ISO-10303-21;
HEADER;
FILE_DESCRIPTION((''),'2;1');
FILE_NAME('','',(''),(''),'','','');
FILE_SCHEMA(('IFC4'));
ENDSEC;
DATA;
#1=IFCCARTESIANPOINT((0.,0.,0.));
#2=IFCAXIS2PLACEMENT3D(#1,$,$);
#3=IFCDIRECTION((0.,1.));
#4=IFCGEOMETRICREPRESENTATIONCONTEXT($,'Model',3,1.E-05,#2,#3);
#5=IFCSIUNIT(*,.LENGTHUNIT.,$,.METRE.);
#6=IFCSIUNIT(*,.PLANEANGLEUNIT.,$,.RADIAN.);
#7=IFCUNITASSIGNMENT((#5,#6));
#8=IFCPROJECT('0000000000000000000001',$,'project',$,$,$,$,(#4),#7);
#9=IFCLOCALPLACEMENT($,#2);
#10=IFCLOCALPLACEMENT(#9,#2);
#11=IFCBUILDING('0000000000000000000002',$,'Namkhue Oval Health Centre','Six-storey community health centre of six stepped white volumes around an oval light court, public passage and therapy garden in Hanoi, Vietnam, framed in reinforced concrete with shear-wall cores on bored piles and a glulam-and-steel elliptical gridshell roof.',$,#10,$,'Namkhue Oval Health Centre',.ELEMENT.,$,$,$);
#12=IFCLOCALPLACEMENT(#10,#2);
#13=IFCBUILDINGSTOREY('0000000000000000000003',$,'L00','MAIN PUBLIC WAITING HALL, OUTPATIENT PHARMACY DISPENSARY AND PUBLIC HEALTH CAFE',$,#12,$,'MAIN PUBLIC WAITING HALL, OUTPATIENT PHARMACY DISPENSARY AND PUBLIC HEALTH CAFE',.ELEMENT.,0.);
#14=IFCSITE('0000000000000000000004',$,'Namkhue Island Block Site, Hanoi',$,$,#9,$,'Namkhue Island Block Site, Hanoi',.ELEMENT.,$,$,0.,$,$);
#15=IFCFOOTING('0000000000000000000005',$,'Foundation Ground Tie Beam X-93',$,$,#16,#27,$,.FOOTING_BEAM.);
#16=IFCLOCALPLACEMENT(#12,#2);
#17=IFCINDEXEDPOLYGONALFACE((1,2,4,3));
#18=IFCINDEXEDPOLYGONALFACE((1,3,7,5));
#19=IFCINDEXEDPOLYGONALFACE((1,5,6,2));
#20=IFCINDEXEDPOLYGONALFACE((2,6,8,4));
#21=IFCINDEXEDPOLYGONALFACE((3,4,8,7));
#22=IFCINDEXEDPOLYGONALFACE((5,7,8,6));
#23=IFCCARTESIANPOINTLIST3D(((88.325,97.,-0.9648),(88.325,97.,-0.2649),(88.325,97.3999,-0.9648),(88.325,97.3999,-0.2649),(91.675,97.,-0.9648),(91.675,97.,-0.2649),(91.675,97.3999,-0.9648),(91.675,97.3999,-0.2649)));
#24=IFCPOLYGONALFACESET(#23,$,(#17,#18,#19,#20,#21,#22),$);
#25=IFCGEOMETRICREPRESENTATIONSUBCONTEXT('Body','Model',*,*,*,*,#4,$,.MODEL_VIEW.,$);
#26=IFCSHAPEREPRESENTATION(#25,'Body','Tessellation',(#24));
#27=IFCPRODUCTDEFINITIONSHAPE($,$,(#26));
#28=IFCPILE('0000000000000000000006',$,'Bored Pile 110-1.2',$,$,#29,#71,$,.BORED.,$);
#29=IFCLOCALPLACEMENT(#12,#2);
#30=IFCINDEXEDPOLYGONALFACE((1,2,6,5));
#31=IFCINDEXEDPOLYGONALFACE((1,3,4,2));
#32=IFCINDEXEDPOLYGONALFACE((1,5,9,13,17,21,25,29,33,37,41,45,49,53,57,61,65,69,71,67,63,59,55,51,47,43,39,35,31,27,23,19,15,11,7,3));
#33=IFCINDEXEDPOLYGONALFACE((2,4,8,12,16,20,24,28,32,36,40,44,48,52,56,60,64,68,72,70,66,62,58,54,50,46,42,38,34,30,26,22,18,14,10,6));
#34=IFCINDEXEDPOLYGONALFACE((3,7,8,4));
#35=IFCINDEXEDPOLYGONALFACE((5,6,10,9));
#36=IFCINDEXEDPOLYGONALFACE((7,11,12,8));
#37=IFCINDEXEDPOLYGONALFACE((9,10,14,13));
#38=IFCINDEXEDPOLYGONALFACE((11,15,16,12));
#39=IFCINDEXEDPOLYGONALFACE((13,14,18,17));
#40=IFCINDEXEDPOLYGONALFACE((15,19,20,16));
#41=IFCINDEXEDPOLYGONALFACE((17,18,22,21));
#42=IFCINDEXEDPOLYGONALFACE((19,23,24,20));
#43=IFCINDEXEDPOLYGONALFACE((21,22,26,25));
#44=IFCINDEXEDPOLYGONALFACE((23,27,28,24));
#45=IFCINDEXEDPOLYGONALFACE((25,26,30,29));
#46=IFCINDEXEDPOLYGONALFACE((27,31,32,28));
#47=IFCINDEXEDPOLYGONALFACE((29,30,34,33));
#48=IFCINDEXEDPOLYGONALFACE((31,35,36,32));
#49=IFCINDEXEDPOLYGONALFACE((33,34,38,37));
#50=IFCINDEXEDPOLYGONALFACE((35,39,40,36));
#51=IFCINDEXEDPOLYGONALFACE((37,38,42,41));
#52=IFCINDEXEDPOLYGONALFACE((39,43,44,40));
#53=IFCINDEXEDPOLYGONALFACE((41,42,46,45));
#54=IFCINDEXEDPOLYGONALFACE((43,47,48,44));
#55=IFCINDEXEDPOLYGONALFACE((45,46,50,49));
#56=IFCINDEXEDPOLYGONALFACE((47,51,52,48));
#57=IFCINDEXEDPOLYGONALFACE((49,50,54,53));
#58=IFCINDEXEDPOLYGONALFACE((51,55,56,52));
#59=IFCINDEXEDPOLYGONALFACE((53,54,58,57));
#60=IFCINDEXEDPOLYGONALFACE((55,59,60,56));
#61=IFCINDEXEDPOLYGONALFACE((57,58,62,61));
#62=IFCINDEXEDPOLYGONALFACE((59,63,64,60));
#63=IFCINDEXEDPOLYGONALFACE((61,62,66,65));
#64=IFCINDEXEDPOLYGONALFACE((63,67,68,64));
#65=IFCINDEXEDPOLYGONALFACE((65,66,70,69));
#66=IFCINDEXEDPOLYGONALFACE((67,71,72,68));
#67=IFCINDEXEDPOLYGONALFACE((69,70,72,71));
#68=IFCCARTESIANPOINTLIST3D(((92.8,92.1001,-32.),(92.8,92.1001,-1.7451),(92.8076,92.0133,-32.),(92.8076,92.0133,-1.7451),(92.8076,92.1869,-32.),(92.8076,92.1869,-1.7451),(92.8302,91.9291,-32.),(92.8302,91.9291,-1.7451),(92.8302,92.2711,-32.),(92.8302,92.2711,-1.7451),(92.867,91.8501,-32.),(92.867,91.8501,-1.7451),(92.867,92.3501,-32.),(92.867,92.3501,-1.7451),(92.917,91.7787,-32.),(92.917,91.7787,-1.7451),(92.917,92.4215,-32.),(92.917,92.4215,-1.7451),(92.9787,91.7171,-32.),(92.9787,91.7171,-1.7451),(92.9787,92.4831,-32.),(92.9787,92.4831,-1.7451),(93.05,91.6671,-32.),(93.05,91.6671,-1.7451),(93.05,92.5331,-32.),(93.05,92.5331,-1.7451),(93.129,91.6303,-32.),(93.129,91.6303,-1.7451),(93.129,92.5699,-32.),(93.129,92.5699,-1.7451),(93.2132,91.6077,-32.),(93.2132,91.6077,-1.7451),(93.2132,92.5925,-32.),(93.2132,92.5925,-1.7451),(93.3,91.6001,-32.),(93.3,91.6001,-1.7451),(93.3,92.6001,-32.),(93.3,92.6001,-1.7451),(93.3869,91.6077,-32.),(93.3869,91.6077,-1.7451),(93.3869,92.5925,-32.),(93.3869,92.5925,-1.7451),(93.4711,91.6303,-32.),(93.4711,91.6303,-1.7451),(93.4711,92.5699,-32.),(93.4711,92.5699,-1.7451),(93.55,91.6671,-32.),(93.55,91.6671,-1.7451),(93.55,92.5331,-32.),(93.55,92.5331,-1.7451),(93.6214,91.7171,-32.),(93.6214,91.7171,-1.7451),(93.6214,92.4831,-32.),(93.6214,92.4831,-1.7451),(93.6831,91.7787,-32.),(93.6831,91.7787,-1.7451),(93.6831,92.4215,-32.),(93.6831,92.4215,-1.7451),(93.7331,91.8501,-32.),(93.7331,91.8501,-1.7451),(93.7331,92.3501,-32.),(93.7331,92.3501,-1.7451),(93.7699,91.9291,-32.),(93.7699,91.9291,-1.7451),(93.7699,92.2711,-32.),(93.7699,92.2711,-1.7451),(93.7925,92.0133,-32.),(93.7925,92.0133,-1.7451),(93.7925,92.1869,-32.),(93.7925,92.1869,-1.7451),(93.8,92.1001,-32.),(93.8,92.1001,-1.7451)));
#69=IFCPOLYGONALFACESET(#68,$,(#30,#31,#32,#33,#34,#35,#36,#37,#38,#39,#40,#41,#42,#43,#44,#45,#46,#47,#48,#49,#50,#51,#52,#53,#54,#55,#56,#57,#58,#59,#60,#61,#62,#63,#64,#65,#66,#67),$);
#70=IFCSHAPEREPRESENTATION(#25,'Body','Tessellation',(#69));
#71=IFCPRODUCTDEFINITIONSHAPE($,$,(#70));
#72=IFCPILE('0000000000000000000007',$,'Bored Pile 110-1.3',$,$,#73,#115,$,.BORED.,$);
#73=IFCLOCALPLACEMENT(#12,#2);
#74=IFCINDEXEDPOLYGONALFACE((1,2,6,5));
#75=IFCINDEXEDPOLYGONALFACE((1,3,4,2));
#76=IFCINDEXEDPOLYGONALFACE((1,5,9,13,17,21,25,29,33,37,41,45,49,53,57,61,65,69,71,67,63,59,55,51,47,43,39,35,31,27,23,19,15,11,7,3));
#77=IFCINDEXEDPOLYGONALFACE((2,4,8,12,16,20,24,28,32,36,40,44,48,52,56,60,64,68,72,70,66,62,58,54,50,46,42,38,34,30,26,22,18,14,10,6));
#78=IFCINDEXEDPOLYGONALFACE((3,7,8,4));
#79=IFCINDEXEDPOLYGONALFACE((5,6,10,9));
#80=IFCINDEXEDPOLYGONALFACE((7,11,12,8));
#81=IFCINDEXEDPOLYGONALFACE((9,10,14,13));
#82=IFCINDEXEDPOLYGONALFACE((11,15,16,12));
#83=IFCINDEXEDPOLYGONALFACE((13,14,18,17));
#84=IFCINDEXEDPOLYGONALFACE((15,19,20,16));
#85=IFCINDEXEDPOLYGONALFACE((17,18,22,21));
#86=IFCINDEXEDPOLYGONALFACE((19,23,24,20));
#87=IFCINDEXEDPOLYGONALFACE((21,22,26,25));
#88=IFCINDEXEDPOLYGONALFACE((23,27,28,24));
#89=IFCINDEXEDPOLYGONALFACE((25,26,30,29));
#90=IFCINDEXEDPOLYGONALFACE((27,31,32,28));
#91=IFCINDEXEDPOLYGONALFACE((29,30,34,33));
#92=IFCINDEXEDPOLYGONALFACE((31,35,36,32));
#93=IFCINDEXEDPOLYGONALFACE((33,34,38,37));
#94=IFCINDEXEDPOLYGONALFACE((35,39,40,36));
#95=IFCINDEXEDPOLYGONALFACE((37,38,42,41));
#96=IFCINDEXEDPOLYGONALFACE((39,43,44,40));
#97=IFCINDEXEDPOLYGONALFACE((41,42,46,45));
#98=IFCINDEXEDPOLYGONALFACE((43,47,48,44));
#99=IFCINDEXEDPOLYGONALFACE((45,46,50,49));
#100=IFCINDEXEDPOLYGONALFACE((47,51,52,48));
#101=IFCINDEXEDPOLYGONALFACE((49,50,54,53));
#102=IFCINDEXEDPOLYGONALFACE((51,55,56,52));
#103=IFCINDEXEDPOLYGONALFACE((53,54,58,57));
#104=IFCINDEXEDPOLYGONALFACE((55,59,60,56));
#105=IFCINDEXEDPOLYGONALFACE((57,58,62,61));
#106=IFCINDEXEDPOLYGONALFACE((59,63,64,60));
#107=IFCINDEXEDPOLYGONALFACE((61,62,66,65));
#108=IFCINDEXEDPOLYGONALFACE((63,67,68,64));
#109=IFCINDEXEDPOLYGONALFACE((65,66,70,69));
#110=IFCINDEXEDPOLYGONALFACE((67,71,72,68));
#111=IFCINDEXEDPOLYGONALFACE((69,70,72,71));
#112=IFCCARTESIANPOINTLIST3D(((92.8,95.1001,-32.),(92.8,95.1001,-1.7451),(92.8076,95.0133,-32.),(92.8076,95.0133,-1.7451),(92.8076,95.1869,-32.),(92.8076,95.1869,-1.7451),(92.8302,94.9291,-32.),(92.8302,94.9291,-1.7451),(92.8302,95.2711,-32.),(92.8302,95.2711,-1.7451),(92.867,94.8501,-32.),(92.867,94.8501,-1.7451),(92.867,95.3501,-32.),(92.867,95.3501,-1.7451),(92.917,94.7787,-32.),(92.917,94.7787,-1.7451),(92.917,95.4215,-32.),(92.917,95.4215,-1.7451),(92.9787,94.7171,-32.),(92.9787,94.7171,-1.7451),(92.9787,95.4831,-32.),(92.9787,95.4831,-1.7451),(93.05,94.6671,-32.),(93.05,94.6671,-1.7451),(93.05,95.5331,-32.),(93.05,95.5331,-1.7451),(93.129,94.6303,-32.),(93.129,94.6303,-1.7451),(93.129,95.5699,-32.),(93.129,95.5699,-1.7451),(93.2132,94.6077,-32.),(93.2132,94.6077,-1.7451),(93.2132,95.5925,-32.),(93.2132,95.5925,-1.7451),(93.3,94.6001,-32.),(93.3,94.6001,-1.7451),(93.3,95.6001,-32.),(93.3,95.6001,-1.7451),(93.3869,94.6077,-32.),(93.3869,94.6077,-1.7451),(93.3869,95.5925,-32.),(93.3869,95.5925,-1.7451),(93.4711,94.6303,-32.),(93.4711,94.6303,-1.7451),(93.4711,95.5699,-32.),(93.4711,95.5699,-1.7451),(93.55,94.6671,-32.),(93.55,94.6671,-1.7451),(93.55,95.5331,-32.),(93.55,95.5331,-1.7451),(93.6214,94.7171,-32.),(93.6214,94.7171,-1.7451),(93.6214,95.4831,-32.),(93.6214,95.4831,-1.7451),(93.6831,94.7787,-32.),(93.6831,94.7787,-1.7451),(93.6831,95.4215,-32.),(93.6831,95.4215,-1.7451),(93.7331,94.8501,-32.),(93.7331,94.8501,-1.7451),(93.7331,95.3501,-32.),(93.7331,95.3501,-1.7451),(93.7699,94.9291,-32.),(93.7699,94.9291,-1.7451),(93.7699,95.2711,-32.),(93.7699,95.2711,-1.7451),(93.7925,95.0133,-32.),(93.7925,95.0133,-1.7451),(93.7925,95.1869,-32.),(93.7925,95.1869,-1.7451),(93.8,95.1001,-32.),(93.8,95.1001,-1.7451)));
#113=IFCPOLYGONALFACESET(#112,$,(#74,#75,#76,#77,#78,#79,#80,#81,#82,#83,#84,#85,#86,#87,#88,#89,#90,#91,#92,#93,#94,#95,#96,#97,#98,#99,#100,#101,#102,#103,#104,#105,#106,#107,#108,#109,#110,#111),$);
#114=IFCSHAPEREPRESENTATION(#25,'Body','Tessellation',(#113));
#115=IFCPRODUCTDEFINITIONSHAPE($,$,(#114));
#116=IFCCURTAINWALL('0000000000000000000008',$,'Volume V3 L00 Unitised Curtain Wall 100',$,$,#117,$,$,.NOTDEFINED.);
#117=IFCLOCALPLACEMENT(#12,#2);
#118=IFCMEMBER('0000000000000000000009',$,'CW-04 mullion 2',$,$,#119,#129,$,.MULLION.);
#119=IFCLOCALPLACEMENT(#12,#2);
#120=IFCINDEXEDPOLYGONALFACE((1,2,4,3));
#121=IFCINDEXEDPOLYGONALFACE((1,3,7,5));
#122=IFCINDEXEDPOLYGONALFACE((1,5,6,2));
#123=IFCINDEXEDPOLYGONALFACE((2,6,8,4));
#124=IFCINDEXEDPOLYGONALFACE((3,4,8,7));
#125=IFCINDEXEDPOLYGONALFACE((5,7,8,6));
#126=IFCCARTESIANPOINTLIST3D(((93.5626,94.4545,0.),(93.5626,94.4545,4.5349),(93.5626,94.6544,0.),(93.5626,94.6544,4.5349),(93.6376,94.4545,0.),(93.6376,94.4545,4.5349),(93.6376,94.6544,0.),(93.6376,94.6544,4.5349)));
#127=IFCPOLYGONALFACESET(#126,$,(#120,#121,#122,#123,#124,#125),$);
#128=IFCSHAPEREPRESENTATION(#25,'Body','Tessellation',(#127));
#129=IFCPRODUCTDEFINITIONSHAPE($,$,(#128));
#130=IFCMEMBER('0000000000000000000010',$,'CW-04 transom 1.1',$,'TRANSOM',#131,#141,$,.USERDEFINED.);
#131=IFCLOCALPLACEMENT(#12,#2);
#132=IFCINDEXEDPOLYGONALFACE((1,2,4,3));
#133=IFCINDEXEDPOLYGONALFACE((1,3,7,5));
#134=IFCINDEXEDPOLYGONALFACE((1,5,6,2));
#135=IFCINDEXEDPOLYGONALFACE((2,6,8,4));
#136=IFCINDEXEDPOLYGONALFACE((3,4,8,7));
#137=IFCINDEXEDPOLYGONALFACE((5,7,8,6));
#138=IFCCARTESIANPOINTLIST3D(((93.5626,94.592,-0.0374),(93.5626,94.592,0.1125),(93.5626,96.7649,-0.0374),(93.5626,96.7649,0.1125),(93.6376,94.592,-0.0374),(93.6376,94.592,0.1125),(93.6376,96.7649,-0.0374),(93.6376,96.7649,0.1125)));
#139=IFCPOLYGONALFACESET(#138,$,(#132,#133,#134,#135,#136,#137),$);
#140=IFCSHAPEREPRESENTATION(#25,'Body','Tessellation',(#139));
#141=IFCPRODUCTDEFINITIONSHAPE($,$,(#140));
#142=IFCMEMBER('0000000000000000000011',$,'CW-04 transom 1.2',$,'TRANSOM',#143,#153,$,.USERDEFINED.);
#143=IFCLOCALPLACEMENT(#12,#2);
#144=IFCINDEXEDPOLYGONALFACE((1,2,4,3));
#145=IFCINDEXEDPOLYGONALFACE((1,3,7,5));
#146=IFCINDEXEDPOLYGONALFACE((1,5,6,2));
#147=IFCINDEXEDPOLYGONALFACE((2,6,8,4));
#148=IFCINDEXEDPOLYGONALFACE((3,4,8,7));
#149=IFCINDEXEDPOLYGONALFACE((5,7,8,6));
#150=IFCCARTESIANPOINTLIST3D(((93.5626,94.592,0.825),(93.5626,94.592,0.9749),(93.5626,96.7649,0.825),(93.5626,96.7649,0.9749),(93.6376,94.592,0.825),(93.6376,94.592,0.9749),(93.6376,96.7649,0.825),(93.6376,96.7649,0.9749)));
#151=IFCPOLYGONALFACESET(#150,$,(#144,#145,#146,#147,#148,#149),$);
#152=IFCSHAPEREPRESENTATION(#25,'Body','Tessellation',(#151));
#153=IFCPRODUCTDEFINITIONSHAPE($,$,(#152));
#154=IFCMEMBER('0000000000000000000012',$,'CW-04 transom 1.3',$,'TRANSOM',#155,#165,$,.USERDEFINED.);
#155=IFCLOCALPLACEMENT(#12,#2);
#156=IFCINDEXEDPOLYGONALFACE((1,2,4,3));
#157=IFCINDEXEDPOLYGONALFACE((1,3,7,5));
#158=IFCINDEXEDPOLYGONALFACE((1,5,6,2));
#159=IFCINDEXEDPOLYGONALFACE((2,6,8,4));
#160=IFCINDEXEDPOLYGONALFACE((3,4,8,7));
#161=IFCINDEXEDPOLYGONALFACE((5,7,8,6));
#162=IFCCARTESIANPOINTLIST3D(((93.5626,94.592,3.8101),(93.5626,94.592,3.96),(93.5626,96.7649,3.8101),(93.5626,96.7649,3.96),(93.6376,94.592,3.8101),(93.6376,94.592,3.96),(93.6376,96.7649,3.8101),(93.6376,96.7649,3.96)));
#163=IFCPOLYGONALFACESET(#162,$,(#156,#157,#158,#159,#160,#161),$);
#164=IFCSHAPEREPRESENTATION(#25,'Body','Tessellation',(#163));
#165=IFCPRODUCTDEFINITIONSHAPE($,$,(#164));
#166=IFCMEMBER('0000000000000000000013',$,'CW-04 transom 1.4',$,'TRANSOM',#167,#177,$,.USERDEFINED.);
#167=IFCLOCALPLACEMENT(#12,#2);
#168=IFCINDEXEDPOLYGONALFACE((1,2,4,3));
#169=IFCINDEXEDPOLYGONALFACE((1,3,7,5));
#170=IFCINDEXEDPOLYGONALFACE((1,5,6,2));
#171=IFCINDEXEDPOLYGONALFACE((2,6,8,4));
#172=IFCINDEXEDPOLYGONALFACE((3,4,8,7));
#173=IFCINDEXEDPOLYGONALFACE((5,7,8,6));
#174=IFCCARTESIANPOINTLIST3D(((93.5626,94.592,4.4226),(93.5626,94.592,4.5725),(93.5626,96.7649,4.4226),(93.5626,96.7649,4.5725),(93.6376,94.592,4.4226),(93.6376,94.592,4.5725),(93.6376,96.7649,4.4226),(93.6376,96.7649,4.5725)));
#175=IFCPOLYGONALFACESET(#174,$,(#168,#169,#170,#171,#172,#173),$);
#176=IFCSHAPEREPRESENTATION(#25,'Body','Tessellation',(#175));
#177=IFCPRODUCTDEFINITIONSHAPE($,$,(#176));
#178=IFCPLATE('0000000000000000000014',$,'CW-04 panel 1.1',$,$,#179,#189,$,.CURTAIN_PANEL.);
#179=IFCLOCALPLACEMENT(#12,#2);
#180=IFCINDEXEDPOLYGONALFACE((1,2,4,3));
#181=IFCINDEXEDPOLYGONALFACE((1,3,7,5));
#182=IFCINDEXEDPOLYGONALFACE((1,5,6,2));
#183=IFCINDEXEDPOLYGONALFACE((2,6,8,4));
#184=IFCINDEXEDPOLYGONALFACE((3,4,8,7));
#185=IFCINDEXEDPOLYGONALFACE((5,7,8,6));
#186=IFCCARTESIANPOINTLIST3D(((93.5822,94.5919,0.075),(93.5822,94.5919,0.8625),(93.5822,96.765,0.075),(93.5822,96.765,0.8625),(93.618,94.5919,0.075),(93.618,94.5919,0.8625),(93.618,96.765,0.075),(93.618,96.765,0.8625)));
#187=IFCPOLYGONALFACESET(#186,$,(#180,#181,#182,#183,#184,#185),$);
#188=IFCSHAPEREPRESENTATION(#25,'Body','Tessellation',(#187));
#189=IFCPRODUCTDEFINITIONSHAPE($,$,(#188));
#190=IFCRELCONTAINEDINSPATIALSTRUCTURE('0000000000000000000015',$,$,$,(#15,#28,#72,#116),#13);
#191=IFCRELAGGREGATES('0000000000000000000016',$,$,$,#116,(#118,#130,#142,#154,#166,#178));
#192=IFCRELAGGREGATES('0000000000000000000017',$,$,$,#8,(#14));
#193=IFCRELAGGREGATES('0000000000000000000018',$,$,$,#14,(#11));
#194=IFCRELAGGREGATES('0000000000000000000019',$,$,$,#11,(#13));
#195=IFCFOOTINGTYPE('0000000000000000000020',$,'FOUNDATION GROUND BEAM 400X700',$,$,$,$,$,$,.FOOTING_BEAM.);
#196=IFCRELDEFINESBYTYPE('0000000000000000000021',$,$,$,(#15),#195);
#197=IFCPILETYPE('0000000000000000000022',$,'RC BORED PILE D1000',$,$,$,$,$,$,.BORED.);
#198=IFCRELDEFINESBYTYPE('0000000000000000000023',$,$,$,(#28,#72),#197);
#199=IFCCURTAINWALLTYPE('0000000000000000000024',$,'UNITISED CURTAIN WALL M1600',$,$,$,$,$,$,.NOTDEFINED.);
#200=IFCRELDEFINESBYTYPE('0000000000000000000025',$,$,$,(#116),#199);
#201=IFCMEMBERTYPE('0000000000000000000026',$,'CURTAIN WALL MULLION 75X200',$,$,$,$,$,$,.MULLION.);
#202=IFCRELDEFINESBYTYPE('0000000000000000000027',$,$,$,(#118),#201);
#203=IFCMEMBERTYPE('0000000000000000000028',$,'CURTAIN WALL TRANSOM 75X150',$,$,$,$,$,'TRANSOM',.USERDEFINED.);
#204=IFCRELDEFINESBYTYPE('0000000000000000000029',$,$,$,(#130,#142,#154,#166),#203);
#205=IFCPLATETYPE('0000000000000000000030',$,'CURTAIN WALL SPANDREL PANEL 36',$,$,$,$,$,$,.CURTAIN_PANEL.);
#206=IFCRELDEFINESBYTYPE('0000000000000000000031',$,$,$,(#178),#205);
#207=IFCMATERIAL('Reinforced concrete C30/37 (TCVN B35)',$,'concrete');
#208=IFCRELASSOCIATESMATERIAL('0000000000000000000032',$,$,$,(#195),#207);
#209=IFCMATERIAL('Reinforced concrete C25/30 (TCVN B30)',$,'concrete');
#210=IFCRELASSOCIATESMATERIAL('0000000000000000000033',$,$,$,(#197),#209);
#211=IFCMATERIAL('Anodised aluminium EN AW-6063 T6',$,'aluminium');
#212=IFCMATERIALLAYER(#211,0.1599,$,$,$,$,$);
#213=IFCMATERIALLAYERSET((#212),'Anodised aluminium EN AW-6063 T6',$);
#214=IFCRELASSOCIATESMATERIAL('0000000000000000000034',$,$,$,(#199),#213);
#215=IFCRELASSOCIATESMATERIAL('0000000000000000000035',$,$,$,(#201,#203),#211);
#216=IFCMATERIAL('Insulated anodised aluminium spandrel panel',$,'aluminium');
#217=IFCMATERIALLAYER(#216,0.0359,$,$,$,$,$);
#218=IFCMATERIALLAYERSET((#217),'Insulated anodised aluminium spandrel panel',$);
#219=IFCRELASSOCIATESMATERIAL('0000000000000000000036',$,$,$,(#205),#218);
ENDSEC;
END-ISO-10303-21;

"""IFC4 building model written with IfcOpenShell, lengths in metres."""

from ifc_helpers import new_model, si_unit, direction, frame, origin, origin_2d, place, context, subcontext, project, spatial, rectangle, circle, extrude, material, layer, layer_set, material_profile, profile_set, type_object, element, aggregate, save


model = new_model("IFC4")

# Units and contexts
model_context = context("Model", 3, precision=1e-05, world=origin(), true_north=direction((0.0, 1.0)))
body_context = subcontext(model_context, "Body", "Model", "MODEL_VIEW")
ifc_project = project(units=[si_unit("LENGTHUNIT", "METRE"), si_unit("PLANEANGLEUNIT", "RADIAN")], contexts=[model_context])

# Site, building, storey
site_placement = place(None, origin())
site = spatial("IfcSite", under=ifc_project, at=site_placement, Name="Namkhue Island Block Site, Hanoi", LongName="Namkhue Island Block Site, Hanoi", CompositionType="ELEMENT", RefElevation=0.0)
building_placement = place(site_placement, origin())
building = spatial("IfcBuilding", under=site, at=building_placement, Name="Namkhue Oval Health Centre", Description="Six-storey community health centre of six stepped white volumes around an oval light court, public passage and therapy garden in Hanoi, Vietnam, framed in reinforced concrete with shear-wall cores on bored piles and a glulam-and-steel elliptical gridshell roof.", LongName="Namkhue Oval Health Centre", CompositionType="ELEMENT")
storey_placement = place(building_placement, origin())
storey = spatial("IfcBuildingStorey", under=building, at=storey_placement, Name="L00", Description="MAIN PUBLIC WAITING HALL, OUTPATIENT PHARMACY DISPENSARY AND PUBLIC HEALTH CAFE", LongName="MAIN PUBLIC WAITING HALL, OUTPATIENT PHARMACY DISPENSARY AND PUBLIC HEALTH CAFE", CompositionType="ELEMENT", Elevation=0.0)

# Footing
ifc_material_1 = material(Name="Reinforced concrete C30/37 (TCVN B35)", Category="concrete")
footing_type = type_object("IfcFootingType", Name="FOUNDATION GROUND BEAM 400X700", PredefinedType="FOOTING_BEAM", material=ifc_material_1)
footing_placement = place(storey_placement, frame((90.0, 97.2, -0.9648), z_axis=(0.0, 0.0, 1.0), x_axis=(1.0, 0.0, 0.0)))
element("IfcFooting", 1, at=footing_placement, inside=storey, type_object=footing_type, Name="Foundation Ground Tie Beam X-93", PredefinedType="FOOTING_BEAM", context=body_context, shape_type="SweptSolid", body=[
    extrude(rectangle(XDim=3.3501, YDim=0.3999, at=origin_2d()), origin(), (0.0, 0.0, 1.0), 0.7),
])

# Piles
ifc_material_2 = material(Name="Reinforced concrete C25/30 (TCVN B30)", Category="concrete")
ifc_material_profile_1 = material_profile(ifc_material_2, circle(Radius=0.5, at=origin_2d()), Name="BORED PILE D1000")
ifc_profile_set_1 = profile_set([ifc_material_profile_1], Name="Reinforced concrete C25/30 (TCVN B30)")
pile_type = type_object("IfcPileType", Name="RC BORED PILE D1000", PredefinedType="BORED", material=ifc_profile_set_1)
for number, where, z_axis, x_axis, name in (
    (2, (93.3, 92.1001, -1.7451), (0.0, 0.0, -1.0), (1.0, 0.0, 0.0), "Bored Pile 110-1.2"),
    (3, (93.3, 95.1001, -1.7451), (0.0, 0.0, -1.0), (1.0, 0.0, 0.0), "Bored Pile 110-1.3"),
):
    element("IfcPile", number, at=place(storey_placement, frame(where, z_axis=z_axis, x_axis=x_axis)), inside=storey, type_object=pile_type, Name=name, PredefinedType="BORED", context=body_context, shape_type="SweptSolid", body=[
        extrude(circle(Radius=0.5, at=origin_2d()), origin(), (0.0, 0.0, 1.0), 30.2549),
    ])

# Curtain wall, members, plate
ifc_material_3 = material(Name="Anodised aluminium EN AW-6063 T6", Category="aluminium")
ifc_layer_1 = layer(ifc_material_3, 0.1599)
ifc_layer_set_1 = layer_set([ifc_layer_1], Name="Anodised aluminium EN AW-6063 T6")
curtain_wall_type = type_object("IfcCurtainWallType", Name="UNITISED CURTAIN WALL M1600", PredefinedType="NOTDEFINED", material=ifc_layer_set_1)
curtain_wall_placement = place(storey_placement, origin())
curtain_wall = element("IfcCurtainWall", 4, at=curtain_wall_placement, inside=storey, type_object=curtain_wall_type, Name="Volume V3 L00 Unitised Curtain Wall 100", PredefinedType="NOTDEFINED")
ifc_material_profile_2 = material_profile(ifc_material_3, rectangle(XDim=0.075, YDim=0.2, at=origin_2d()), Name="ALU 75x200")
ifc_profile_set_2 = profile_set([ifc_material_profile_2], Name="Anodised aluminium EN AW-6063 T6")
member_type_1 = type_object("IfcMemberType", Name="CURTAIN WALL MULLION 75X200", PredefinedType="MULLION", material=ifc_profile_set_2)
member_1_placement = place(storey_placement, frame((93.6001, 94.5544, 0.0), z_axis=(0.0, 0.0, 1.0), x_axis=(1.0, 0.0, 0.0)))
member_1 = element("IfcMember", 5, at=member_1_placement, type_object=member_type_1, Name="CW-04 mullion 2", PredefinedType="MULLION", context=body_context, shape_type="SweptSolid", body=[
    extrude(rectangle(XDim=0.075, YDim=0.2, at=origin_2d()), origin(), (0.0, 0.0, 1.0), 4.5349),
])
ifc_material_profile_3 = material_profile(ifc_material_3, rectangle(XDim=0.075, YDim=0.1499, at=origin_2d()), Name="ALU 75x150")
ifc_profile_set_3 = profile_set([ifc_material_profile_3], Name="Anodised aluminium EN AW-6063 T6")
member_type_2 = type_object("IfcMemberType", Name="CURTAIN WALL TRANSOM 75X150", ElementType="TRANSOM", PredefinedType="USERDEFINED", material=ifc_profile_set_3)
member_2_placement = place(storey_placement, frame((93.6001, 96.7649, 0.0376), z_axis=(0.0, -1.0, 0.0), x_axis=(1.0, 0.0, 0.0)))
member_2 = element("IfcMember", 6, at=member_2_placement, type_object=member_type_2, Name="CW-04 transom 1.1", ObjectType="TRANSOM", PredefinedType="USERDEFINED", context=body_context, shape_type="SweptSolid", body=[
    extrude(rectangle(XDim=0.075, YDim=0.1499, at=origin_2d()), origin(), (0.0, 0.0, 1.0), 2.1729),
])
member_3_placement = place(storey_placement, frame((93.6001, 96.7649, 0.8999), z_axis=(0.0, -1.0, 0.0), x_axis=(1.0, 0.0, 0.0)))
member_3 = element("IfcMember", 7, at=member_3_placement, type_object=member_type_2, Name="CW-04 transom 1.2", ObjectType="TRANSOM", PredefinedType="USERDEFINED", context=body_context, shape_type="SweptSolid", body=[
    extrude(rectangle(XDim=0.075, YDim=0.1499, at=origin_2d()), origin(), (0.0, 0.0, 1.0), 2.1729),
])
member_4_placement = place(storey_placement, frame((93.6001, 96.7649, 3.885), z_axis=(0.0, -1.0, 0.0), x_axis=(1.0, 0.0, 0.0)))
member_4 = element("IfcMember", 8, at=member_4_placement, type_object=member_type_2, Name="CW-04 transom 1.3", ObjectType="TRANSOM", PredefinedType="USERDEFINED", context=body_context, shape_type="SweptSolid", body=[
    extrude(rectangle(XDim=0.075, YDim=0.1499, at=origin_2d()), origin(), (0.0, 0.0, 1.0), 2.1729),
])
member_5_placement = place(storey_placement, frame((93.6001, 96.7649, 4.4976), z_axis=(0.0, -1.0, 0.0), x_axis=(1.0, 0.0, 0.0)))
member_5 = element("IfcMember", 9, at=member_5_placement, type_object=member_type_2, Name="CW-04 transom 1.4", ObjectType="TRANSOM", PredefinedType="USERDEFINED", context=body_context, shape_type="SweptSolid", body=[
    extrude(rectangle(XDim=0.075, YDim=0.1499, at=origin_2d()), origin(), (0.0, 0.0, 1.0), 2.1729),
])
ifc_material_4 = material(Name="Insulated anodised aluminium spandrel panel", Category="aluminium")
ifc_layer_2 = layer(ifc_material_4, 0.0359)
ifc_layer_set_2 = layer_set([ifc_layer_2], Name="Insulated anodised aluminium spandrel panel")
plate_type = type_object("IfcPlateType", Name="CURTAIN WALL SPANDREL PANEL 36", PredefinedType="CURTAIN_PANEL", material=ifc_layer_set_2)
plate_1_placement = place(storey_placement, frame((93.6001, 95.6785, 0.075), z_axis=(0.0, 0.0, 1.0), x_axis=(0.0, -1.0, 0.0)))
plate_1 = element("IfcPlate", 10, at=plate_1_placement, type_object=plate_type, Name="CW-04 panel 1.1", PredefinedType="CURTAIN_PANEL", context=body_context, shape_type="SweptSolid", body=[
    extrude(rectangle(XDim=2.1731, YDim=0.0359, at=origin_2d()), origin(), (0.0, 0.0, 1.0), 0.7876),
])
aggregate(curtain_wall, [member_1, member_2, member_3, member_4, member_5, plate_1])

save(model, "model.ifc")
